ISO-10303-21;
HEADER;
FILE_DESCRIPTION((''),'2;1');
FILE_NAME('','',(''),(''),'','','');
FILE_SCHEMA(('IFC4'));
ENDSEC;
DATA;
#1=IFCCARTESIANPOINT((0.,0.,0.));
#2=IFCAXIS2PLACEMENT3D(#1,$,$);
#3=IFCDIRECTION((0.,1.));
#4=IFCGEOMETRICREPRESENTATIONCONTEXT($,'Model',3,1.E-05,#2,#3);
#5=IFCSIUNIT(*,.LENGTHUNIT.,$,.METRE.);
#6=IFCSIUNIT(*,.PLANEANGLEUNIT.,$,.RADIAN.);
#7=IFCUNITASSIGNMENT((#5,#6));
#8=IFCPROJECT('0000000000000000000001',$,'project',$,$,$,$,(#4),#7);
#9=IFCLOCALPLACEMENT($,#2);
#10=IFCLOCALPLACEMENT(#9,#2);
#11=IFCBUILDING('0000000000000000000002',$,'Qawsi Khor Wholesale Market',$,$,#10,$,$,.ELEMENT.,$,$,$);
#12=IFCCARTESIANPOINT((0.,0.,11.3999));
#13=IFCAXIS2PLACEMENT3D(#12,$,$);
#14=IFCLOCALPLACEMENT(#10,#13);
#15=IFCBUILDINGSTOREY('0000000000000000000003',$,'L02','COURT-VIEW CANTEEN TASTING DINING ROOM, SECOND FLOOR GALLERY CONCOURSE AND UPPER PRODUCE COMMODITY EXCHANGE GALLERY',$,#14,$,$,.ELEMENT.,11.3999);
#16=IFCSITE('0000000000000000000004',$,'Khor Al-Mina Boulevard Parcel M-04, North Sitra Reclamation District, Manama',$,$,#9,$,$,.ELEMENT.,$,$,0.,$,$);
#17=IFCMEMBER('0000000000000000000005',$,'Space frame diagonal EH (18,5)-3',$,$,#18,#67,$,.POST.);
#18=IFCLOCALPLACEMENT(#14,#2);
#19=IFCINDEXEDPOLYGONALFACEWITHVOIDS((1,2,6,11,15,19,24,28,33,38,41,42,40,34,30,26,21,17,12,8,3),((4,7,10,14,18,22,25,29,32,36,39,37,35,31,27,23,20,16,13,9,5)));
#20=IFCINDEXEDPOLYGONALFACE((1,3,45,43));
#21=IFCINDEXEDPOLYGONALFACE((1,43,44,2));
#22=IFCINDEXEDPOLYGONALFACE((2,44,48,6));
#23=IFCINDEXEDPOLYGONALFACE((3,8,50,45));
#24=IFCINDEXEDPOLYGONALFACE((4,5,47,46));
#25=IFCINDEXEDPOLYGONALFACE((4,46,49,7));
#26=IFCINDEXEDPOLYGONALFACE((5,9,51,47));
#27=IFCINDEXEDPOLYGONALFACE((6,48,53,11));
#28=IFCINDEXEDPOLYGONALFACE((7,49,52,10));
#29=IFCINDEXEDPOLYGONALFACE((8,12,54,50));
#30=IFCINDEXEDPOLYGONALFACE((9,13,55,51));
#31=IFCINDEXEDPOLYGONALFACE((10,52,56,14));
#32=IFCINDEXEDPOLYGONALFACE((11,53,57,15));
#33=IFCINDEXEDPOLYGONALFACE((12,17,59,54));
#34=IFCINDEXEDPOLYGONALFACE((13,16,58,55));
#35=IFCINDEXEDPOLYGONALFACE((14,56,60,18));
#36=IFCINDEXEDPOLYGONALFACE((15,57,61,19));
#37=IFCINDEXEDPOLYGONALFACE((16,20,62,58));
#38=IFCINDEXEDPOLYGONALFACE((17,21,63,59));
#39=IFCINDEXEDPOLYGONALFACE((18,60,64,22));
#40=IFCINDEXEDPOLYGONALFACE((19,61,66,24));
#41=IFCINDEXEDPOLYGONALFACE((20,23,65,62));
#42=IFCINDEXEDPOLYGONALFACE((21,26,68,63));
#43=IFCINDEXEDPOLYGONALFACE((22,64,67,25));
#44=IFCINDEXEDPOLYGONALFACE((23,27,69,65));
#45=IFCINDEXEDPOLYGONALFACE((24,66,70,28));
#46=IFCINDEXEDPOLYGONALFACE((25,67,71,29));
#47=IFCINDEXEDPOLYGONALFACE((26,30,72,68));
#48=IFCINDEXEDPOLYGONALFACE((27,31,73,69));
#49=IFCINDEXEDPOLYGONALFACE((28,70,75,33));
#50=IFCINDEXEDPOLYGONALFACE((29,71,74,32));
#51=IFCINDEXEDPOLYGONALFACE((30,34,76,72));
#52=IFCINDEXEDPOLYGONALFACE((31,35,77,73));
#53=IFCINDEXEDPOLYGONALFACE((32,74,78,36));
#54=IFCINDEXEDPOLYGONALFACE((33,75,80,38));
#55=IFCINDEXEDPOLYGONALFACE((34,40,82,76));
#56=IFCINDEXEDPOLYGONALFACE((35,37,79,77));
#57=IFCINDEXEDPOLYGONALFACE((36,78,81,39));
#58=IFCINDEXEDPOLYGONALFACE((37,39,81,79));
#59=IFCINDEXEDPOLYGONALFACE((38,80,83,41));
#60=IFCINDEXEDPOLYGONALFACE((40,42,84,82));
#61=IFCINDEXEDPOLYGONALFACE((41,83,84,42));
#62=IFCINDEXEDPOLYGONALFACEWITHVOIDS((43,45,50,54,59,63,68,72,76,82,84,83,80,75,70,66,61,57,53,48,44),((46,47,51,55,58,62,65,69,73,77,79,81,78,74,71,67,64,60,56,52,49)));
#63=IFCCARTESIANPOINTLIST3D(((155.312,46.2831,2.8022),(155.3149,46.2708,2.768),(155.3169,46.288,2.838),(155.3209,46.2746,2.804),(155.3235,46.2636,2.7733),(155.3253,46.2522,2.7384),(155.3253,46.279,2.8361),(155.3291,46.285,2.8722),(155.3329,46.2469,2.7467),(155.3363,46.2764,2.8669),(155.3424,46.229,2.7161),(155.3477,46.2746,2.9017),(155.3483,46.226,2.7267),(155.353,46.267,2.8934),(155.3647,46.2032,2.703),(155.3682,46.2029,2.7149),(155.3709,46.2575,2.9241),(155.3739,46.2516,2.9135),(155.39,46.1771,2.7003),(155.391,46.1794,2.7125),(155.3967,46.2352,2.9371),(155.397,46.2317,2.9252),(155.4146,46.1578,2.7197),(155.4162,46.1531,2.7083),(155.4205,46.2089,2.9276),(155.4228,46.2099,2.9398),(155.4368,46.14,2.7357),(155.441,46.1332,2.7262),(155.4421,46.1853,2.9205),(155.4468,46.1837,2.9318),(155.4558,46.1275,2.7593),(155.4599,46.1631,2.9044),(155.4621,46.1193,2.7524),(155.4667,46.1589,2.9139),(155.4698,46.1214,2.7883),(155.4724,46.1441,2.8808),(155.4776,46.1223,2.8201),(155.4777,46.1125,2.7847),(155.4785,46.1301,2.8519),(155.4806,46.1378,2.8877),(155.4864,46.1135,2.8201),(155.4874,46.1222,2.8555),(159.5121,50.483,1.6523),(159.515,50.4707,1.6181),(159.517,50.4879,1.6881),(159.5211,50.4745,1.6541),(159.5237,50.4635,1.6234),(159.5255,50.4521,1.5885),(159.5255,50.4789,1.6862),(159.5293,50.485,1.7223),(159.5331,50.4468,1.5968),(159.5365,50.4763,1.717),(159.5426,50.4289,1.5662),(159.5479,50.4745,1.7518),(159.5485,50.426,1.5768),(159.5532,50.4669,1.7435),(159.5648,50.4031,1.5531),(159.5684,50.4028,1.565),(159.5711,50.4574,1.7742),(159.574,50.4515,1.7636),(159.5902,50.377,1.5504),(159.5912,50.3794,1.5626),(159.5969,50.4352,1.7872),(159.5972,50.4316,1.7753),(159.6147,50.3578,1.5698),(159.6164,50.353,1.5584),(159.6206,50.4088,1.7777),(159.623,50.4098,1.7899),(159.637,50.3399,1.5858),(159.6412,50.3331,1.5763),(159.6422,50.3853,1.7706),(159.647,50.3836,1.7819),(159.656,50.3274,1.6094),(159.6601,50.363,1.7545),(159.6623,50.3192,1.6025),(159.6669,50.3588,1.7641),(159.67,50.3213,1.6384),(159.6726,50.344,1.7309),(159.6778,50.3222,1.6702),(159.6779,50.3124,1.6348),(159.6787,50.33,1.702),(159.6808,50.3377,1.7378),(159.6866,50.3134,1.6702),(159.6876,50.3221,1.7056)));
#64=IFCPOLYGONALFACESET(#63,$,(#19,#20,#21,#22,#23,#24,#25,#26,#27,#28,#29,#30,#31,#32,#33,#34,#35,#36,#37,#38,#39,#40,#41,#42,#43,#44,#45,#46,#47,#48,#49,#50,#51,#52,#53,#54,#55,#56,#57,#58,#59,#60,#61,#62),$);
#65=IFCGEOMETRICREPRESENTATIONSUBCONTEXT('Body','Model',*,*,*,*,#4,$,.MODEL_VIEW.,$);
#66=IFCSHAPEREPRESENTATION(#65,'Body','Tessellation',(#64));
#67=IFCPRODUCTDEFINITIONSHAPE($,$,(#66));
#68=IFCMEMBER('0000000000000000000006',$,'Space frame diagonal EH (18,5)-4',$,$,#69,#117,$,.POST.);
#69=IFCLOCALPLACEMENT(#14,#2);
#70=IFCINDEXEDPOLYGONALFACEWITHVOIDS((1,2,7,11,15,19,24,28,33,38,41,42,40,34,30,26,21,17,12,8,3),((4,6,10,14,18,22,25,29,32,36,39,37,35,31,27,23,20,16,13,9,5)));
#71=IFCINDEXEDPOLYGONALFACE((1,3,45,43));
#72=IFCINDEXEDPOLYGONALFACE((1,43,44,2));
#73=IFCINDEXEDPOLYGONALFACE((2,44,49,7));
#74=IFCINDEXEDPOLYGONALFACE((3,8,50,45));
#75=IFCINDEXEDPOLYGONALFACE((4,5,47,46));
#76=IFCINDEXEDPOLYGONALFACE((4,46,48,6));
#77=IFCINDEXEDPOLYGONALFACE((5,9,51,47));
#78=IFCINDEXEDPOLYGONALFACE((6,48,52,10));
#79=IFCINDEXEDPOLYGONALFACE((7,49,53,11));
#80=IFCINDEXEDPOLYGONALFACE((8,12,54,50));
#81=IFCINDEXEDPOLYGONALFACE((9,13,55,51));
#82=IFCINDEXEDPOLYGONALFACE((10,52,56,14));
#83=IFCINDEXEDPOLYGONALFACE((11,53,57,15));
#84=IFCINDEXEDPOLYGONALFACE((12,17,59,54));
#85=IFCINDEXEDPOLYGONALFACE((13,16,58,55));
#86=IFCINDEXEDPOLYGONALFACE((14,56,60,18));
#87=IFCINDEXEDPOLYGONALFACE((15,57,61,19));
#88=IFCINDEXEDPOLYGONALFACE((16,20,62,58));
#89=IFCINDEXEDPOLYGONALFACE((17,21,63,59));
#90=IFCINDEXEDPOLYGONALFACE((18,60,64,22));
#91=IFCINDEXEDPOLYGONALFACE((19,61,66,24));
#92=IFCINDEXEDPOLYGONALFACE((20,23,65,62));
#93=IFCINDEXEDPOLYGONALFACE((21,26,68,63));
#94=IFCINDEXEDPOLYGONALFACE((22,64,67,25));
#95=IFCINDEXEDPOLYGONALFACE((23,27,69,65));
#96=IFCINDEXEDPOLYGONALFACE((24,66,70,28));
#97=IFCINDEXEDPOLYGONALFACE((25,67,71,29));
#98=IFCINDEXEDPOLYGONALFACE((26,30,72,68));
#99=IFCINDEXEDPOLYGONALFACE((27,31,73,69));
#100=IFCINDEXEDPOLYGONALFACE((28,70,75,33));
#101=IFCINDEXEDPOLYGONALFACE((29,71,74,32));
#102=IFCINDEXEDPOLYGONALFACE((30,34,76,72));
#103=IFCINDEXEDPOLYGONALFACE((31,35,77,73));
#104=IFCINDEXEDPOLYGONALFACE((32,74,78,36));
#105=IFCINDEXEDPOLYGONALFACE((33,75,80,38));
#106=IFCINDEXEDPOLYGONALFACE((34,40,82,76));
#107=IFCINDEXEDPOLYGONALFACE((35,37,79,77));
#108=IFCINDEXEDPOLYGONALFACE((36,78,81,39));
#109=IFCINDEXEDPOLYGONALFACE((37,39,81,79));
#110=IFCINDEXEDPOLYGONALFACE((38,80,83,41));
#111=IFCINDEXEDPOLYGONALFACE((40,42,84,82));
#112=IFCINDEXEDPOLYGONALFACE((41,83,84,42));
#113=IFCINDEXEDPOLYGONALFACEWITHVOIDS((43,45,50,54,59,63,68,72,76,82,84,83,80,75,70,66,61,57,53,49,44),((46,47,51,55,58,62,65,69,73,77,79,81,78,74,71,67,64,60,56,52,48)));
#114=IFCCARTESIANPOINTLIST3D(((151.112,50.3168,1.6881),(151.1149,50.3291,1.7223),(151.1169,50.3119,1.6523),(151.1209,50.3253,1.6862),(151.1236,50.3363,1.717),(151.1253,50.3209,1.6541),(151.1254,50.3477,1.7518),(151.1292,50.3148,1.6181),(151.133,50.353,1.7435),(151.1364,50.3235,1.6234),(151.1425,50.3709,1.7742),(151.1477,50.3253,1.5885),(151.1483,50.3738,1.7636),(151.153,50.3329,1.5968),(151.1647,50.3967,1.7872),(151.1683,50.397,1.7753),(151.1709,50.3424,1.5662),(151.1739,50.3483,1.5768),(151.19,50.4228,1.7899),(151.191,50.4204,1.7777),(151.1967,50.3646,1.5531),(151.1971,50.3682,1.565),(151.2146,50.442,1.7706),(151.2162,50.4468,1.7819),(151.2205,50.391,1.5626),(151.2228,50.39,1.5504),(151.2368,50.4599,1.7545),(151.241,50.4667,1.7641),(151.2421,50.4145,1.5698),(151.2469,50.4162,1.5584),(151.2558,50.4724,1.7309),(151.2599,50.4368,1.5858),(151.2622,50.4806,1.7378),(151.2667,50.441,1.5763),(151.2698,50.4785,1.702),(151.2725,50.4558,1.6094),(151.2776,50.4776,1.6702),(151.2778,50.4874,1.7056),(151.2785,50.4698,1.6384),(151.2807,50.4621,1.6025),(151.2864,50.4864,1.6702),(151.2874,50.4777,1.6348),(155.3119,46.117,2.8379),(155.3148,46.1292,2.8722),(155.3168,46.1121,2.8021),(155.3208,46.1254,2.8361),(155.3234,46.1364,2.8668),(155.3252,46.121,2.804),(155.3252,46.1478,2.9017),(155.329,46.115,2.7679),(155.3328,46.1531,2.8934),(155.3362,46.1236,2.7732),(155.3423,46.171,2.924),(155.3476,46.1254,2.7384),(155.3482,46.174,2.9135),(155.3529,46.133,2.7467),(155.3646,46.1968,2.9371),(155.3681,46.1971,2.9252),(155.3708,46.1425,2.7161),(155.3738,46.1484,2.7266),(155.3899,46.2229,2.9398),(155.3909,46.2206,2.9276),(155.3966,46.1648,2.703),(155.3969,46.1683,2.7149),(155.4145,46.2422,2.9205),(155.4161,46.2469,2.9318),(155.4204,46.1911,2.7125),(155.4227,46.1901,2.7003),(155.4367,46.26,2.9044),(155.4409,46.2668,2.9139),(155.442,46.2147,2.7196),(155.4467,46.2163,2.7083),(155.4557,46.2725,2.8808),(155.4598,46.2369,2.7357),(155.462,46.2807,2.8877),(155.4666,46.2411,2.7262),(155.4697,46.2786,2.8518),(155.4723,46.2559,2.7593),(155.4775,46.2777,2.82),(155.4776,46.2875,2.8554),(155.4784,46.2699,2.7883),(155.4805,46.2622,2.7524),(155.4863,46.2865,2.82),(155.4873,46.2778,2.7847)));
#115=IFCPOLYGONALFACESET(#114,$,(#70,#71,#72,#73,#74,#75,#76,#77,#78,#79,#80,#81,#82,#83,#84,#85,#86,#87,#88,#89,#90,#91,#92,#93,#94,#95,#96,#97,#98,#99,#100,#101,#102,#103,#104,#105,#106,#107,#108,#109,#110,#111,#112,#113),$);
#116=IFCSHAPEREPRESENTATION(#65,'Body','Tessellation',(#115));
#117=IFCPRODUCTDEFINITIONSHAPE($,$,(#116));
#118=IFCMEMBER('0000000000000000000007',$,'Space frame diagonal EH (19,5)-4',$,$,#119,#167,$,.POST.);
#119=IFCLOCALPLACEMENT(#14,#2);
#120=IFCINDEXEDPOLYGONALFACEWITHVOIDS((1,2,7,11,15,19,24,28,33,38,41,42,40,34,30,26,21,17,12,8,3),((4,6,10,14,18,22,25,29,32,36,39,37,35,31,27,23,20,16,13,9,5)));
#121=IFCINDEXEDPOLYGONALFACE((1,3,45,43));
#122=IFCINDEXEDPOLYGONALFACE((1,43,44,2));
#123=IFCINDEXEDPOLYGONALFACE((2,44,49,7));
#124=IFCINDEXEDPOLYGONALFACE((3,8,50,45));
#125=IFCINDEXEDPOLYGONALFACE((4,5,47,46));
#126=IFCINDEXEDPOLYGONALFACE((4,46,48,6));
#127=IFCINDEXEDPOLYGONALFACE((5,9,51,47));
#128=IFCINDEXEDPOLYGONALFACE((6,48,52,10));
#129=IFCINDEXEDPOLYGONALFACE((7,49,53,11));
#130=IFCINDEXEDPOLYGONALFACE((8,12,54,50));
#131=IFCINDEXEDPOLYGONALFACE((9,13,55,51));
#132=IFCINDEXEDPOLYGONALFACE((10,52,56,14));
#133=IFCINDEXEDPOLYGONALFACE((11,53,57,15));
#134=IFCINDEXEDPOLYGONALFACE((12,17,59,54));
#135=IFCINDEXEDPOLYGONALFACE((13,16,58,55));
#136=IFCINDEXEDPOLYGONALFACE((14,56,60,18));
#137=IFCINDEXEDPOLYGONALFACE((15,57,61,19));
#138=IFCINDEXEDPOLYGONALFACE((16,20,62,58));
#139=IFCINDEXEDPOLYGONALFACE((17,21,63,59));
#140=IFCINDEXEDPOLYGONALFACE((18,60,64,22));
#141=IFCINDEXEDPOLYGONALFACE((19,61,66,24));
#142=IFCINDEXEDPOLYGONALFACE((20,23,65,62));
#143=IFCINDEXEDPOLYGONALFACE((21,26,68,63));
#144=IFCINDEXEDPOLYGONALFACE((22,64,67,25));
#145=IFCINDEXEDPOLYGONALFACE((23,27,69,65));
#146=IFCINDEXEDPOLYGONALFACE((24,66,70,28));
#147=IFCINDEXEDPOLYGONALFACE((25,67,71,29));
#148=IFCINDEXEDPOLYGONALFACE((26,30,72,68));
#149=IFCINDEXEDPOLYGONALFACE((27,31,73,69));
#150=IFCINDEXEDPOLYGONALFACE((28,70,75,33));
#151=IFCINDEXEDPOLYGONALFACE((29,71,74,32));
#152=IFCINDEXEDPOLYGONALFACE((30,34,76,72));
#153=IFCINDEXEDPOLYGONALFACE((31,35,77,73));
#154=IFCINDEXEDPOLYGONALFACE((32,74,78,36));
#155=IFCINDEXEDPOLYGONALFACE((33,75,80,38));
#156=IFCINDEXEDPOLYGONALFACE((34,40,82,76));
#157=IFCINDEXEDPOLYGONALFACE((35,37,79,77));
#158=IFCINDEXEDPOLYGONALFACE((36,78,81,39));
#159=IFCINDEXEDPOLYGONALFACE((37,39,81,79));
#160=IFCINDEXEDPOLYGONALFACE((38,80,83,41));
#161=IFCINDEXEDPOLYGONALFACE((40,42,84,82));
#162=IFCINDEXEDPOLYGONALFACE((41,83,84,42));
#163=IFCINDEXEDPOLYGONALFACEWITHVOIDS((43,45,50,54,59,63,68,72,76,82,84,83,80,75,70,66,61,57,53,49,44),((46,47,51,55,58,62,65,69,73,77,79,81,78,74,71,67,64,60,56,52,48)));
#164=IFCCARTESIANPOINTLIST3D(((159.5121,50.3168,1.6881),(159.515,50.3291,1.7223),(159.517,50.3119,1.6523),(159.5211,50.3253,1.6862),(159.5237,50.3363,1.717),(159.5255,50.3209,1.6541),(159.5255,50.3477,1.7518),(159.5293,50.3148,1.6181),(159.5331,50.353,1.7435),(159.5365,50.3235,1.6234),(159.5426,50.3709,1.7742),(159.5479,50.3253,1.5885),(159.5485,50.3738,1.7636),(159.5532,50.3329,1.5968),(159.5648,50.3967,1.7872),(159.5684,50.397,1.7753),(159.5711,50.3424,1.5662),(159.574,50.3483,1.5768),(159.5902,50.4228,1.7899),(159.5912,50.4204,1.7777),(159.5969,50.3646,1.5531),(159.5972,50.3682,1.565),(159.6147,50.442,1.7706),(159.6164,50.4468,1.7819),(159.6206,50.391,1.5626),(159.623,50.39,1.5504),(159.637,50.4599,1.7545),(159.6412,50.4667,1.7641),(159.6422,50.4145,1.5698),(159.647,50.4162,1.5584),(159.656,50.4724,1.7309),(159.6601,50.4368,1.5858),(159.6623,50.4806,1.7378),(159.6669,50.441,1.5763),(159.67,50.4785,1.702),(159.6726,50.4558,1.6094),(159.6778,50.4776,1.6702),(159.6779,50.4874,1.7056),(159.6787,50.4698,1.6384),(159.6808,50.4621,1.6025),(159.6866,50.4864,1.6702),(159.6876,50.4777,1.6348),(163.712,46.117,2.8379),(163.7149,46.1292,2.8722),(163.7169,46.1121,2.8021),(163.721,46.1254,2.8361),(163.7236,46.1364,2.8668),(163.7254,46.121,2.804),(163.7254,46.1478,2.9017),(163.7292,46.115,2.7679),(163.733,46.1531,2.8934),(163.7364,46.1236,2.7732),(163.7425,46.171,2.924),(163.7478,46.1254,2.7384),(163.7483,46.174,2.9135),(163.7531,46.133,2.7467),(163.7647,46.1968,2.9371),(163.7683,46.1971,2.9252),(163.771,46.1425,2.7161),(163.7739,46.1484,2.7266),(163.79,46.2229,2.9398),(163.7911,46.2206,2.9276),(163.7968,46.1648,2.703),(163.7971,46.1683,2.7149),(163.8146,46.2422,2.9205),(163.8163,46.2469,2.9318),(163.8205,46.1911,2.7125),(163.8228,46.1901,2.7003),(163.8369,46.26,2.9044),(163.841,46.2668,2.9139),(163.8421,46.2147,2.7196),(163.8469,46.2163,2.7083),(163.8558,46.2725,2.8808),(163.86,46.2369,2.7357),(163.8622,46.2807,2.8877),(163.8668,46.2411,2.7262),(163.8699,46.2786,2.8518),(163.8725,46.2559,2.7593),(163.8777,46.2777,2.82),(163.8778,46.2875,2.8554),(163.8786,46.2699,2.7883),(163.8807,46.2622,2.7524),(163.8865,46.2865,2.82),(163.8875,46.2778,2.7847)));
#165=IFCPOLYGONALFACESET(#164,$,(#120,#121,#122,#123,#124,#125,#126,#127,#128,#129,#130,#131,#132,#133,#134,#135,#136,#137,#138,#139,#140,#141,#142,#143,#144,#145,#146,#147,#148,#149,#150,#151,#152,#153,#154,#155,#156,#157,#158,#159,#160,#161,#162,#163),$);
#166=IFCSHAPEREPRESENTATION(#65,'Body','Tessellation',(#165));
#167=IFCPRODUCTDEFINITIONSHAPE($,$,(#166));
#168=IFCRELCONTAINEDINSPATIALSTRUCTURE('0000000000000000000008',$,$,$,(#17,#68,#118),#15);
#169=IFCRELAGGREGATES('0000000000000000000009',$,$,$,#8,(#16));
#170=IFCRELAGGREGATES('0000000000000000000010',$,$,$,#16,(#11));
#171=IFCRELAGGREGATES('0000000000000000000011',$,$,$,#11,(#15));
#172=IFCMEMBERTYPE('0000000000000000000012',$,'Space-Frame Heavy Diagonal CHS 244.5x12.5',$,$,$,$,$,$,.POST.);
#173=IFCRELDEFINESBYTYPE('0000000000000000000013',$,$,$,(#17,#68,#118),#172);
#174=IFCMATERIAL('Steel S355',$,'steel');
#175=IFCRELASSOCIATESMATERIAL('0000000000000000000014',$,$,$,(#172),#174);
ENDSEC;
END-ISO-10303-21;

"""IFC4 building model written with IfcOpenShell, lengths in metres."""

from ifc_helpers import new_model, si_unit, direction, frame, origin, origin_2d, place, context, subcontext, project, spatial, hollow_circle, extrude, material, material_profile, profile_set, type_object, element, save


model = new_model("IFC4")

# Units and contexts
model_context = context("Model", 3, precision=1e-05, world=origin(), true_north=direction((0.0, 1.0)))
body_context = subcontext(model_context, "Body", "Model", "MODEL_VIEW")
ifc_project = project(units=[si_unit("LENGTHUNIT", "METRE"), si_unit("PLANEANGLEUNIT", "RADIAN")], contexts=[model_context])

# Site, building, storey
site_placement = place(None, origin())
site = spatial("IfcSite", under=ifc_project, at=site_placement, Name="Khor Al-Mina Boulevard Parcel M-04, North Sitra Reclamation District, Manama", CompositionType="ELEMENT", RefElevation=0.0)
building_placement = place(site_placement, origin())
building = spatial("IfcBuilding", under=site, at=building_placement, Name="Qawsi Khor Wholesale Market", CompositionType="ELEMENT")
storey_placement = place(building_placement, frame((0.0, 0.0, 11.3999)))
storey = spatial("IfcBuildingStorey", under=building, at=storey_placement, Name="L02", Description="COURT-VIEW CANTEEN TASTING DINING ROOM, SECOND FLOOR GALLERY CONCOURSE AND UPPER PRODUCE COMMODITY EXCHANGE GALLERY", CompositionType="ELEMENT", Elevation=11.3999)

# Members
ifc_material_1 = material(Name="Steel S355", Category="steel")
ifc_material_profile_1 = material_profile(ifc_material_1, hollow_circle(Radius=0.1223, WallThickness=0.0125, at=origin_2d()), Name="CHS 244.5x12.5")
ifc_profile_set_1 = profile_set([ifc_material_profile_1], Name="Steel S355")
member_type_1 = type_object("IfcMemberType", Name="Space-Frame Heavy Diagonal CHS 244.5x12.5", PredefinedType="POST", material=ifc_profile_set_1)
member_1_placement = place(storey_placement, frame((159.6001, 50.3999, 1.6702), z_axis=(-0.694238, -0.694197, 0.190064), x_axis=(0.707086, -0.707127, 0.0)))
element("IfcMember", 1, at=member_1_placement, inside=storey, type_object=member_type_1, Name="Space frame diagonal EH (18,5)-3", PredefinedType="POST", context=body_context, shape_type="SweptSolid", body=[
    extrude(hollow_circle(Radius=0.1223, WallThickness=0.0125, at=origin_2d()), origin(), (0.0, 0.0, 1.0), 6.05),
])
for number, where, z_axis, x_axis, name in (
    (2, (151.2, 50.3999, 1.6702), (0.694217, -0.694217, 0.190069), (0.707107, 0.707107, 0.0), "Space frame diagonal EH (18,5)-4"),
    (3, (159.6001, 50.3999, 1.6702), (0.694217, -0.694217, 0.190069), (0.707107, 0.707107, 0.0), "Space frame diagonal EH (19,5)-4"),
):
    element("IfcMember", number, at=place(storey_placement, frame(where, z_axis=z_axis, x_axis=x_axis)), inside=storey, type_object=member_type_1, Name=name, PredefinedType="POST", context=body_context, shape_type="SweptSolid", body=[
        extrude(hollow_circle(Radius=0.1223, WallThickness=0.0125, at=origin_2d()), origin(), (0.0, 0.0, 1.0), 6.0498),
    ])

save(model, "model.ifc")
